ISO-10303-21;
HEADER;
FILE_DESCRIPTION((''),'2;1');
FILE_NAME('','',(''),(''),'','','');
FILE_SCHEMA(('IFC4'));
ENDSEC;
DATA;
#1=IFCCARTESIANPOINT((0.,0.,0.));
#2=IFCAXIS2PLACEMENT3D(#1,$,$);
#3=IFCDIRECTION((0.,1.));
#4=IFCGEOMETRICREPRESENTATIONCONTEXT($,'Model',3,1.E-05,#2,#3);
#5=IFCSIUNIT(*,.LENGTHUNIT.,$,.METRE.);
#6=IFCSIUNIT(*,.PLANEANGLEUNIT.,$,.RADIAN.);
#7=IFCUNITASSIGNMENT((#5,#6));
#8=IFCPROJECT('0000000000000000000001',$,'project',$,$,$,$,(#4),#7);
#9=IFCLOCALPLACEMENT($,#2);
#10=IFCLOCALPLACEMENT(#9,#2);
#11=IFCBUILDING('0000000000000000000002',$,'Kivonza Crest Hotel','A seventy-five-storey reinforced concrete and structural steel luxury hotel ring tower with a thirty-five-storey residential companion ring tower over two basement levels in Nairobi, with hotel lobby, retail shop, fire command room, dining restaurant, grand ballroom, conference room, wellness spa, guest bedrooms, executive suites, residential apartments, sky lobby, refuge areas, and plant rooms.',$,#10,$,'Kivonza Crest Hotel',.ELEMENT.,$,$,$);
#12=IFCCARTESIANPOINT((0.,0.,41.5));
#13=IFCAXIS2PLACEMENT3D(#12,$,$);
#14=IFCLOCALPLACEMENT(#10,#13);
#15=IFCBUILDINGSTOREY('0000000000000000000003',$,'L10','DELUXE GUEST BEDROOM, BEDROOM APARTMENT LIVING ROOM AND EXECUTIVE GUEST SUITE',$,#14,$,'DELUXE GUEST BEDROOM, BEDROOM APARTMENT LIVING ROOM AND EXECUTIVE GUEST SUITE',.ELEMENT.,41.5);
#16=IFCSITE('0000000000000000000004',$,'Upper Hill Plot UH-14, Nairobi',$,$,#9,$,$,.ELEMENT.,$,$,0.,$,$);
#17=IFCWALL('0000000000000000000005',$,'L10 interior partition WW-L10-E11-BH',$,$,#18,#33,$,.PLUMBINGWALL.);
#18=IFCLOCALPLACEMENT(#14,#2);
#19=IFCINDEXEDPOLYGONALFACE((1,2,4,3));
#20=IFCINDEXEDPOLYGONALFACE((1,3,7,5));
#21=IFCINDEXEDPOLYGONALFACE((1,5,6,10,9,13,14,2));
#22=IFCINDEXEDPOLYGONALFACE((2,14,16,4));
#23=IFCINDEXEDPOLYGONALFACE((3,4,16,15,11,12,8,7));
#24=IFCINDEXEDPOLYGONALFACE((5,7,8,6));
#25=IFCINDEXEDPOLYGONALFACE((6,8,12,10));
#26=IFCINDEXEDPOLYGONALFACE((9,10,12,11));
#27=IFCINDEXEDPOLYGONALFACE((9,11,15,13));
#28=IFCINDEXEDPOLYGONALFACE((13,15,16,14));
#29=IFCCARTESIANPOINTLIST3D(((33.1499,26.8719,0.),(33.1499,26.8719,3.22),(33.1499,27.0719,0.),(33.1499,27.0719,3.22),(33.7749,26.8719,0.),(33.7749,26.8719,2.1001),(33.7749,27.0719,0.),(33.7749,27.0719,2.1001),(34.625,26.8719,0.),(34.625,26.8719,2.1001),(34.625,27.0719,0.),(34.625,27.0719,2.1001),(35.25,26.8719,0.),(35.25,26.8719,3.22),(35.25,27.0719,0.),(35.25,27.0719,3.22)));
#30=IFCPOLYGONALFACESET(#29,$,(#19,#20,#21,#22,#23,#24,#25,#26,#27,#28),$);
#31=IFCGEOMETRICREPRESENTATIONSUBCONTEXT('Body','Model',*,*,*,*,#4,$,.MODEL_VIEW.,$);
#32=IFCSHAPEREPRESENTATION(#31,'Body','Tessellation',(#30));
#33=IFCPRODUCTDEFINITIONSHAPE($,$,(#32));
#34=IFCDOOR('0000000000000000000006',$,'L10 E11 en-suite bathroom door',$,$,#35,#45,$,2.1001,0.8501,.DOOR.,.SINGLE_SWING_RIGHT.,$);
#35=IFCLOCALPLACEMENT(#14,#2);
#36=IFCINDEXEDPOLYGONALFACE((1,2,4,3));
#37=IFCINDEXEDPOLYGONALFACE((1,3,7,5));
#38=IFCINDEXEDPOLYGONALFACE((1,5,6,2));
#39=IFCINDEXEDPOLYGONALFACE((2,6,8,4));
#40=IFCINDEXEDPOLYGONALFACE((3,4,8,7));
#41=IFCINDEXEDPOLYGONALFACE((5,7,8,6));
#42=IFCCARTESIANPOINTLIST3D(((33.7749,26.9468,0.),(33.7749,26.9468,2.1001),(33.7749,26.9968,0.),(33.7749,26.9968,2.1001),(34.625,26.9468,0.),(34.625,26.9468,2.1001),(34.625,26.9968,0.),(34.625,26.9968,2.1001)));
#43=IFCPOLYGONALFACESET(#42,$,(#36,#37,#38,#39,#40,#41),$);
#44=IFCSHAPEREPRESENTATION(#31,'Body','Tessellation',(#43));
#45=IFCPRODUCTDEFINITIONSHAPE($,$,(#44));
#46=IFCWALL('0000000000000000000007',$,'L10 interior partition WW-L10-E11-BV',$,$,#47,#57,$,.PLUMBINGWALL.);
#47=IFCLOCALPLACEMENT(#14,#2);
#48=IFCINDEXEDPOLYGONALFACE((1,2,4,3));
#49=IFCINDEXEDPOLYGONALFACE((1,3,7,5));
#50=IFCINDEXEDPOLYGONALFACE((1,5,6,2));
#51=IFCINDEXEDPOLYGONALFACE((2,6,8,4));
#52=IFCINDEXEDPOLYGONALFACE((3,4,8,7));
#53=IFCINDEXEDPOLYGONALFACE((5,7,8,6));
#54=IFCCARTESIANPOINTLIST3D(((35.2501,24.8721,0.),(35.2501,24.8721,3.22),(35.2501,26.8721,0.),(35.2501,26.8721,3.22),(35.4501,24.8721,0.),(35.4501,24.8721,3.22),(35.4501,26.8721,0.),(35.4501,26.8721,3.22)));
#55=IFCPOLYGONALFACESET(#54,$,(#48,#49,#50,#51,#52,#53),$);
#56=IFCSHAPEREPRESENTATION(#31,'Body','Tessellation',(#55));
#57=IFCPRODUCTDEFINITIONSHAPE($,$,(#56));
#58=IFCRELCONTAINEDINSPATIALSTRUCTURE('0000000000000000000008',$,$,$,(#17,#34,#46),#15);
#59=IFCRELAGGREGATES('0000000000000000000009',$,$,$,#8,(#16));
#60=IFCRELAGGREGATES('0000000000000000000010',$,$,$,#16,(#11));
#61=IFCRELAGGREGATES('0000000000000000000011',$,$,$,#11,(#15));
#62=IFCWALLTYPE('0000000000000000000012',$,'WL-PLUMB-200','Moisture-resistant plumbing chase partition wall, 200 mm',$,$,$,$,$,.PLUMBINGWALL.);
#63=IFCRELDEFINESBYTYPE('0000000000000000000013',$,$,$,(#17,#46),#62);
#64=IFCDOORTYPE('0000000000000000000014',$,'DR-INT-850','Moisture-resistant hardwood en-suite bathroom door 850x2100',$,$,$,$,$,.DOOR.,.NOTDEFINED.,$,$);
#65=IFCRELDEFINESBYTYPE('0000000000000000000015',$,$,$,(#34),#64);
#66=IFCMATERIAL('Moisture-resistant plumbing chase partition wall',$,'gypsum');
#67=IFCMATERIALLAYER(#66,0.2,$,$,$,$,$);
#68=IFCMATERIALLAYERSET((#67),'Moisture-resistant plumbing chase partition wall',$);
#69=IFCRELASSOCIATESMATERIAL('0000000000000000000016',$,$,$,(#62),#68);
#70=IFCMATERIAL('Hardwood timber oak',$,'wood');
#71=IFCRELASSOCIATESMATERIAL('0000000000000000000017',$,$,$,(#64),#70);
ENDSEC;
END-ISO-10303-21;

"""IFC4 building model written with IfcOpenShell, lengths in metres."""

from ifc_helpers import new_model, si_unit, direction, frame, frame_2d, origin, place, context, subcontext, project, spatial, rectangle, extrude, material, layer, layer_set, type_object, element, fill, save


model = new_model("IFC4")

# Units and contexts
model_context = context("Model", 3, precision=1e-05, world=origin(), true_north=direction((0.0, 1.0)))
body_context = subcontext(model_context, "Body", "Model", "MODEL_VIEW")
ifc_project = project(units=[si_unit("LENGTHUNIT", "METRE"), si_unit("PLANEANGLEUNIT", "RADIAN")], contexts=[model_context])

# Site, building, storey
site_placement = place(None, origin())
site = spatial("IfcSite", under=ifc_project, at=site_placement, Name="Upper Hill Plot UH-14, Nairobi", CompositionType="ELEMENT", RefElevation=0.0)
building_placement = place(site_placement, origin())
building = spatial("IfcBuilding", under=site, at=building_placement, Name="Kivonza Crest Hotel", Description="A seventy-five-storey reinforced concrete and structural steel luxury hotel ring tower with a thirty-five-storey residential companion ring tower over two basement levels in Nairobi, with hotel lobby, retail shop, fire command room, dining restaurant, grand ballroom, conference room, wellness spa, guest bedrooms, executive suites, residential apartments, sky lobby, refuge areas, and plant rooms.", LongName="Kivonza Crest Hotel", CompositionType="ELEMENT")
storey_placement = place(building_placement, frame((0.0, 0.0, 41.5)))
storey = spatial("IfcBuildingStorey", under=building, at=storey_placement, Name="L10", Description="DELUXE GUEST BEDROOM, BEDROOM APARTMENT LIVING ROOM AND EXECUTIVE GUEST SUITE", LongName="DELUXE GUEST BEDROOM, BEDROOM APARTMENT LIVING ROOM AND EXECUTIVE GUEST SUITE", CompositionType="ELEMENT", Elevation=41.5)

# Shared definitions
ifc_material_1 = material(Name="Hardwood timber oak", Category="wood")

# Wall, opening, door
ifc_material_2 = material(Name="Moisture-resistant plumbing chase partition wall", Category="gypsum")
ifc_layer_1 = layer(ifc_material_2, 0.2)
ifc_layer_set_1 = layer_set([ifc_layer_1], Name="Moisture-resistant plumbing chase partition wall")
wall_type_1 = type_object("IfcWallType", Name="WL-PLUMB-200", Description="Moisture-resistant plumbing chase partition wall, 200 mm", PredefinedType="PLUMBINGWALL", material=ifc_layer_set_1)
wall_1_placement = place(storey_placement, frame((33.1499, 26.9719, 0.0), z_axis=(0.0, 0.0, 1.0), x_axis=(1.0, 0.0, 0.0)))
wall_1 = element("IfcWall", 1, at=wall_1_placement, inside=storey, type_object=wall_type_1, Name="L10 interior partition WW-L10-E11-BH", PredefinedType="PLUMBINGWALL", context=body_context, shape_type="SweptSolid", body=[
    extrude(rectangle(XDim=2.1001, YDim=0.2, at=frame_2d((1.05, 0.0))), origin(), (0.0, 0.0, 1.0), 3.22),
])
opening_1_placement = place(wall_1_placement, frame((0.625, 0.0, 0.0)))
opening_1 = element("IfcOpeningElement", 2, at=opening_1_placement, cuts=wall_1, PredefinedType="OPENING", context=body_context, shape_type="SweptSolid", body=[
    extrude(rectangle(XDim=0.8501, YDim=2.1001, at=frame_2d((0.425, 1.05))), frame((0.0, 0.1099, 0.0), z_axis=(0.0, -1.0, 0.0), x_axis=(1.0, 0.0, 0.0)), (0.0, 0.0, 1.0), 0.22),
])
door_type_1 = type_object("IfcDoorType", Name="DR-INT-850", Description="Moisture-resistant hardwood en-suite bathroom door 850x2100", OperationType="NOTDEFINED", PredefinedType="DOOR", material=ifc_material_1)
door_1_placement = place(opening_1_placement, origin())
door_1 = element("IfcDoor", 3, at=door_1_placement, inside=storey, type_object=door_type_1, Name="L10 E11 en-suite bathroom door", OperationType="SINGLE_SWING_RIGHT", OverallHeight=2.1001, OverallWidth=0.8501, PredefinedType="DOOR", context=body_context, shape_type="SweptSolid", body=[
    extrude(rectangle(XDim=0.8501, YDim=2.1001, at=frame_2d((0.425, 1.05))), frame((0.0, 0.0249, 0.0), z_axis=(0.0, -1.0, 0.0), x_axis=(1.0, 0.0, 0.0)), (0.0, 0.0, 1.0), 0.05),
])
fill(opening_1, door_1)

# Wall
wall_2_placement = place(storey_placement, frame((35.3501, 24.8721, 0.0), z_axis=(0.0, 0.0, 1.0), x_axis=(0.0, 1.0, 0.0)))
element("IfcWall", 4, at=wall_2_placement, inside=storey, type_object=wall_type_1, Name="L10 interior partition WW-L10-E11-BV", PredefinedType="PLUMBINGWALL", context=body_context, shape_type="SweptSolid", body=[
    extrude(rectangle(XDim=2.0, YDim=0.2, at=frame_2d((1.0, 0.0))), origin(), (0.0, 0.0, 1.0), 3.22),
])

save(model, "model.ifc")
